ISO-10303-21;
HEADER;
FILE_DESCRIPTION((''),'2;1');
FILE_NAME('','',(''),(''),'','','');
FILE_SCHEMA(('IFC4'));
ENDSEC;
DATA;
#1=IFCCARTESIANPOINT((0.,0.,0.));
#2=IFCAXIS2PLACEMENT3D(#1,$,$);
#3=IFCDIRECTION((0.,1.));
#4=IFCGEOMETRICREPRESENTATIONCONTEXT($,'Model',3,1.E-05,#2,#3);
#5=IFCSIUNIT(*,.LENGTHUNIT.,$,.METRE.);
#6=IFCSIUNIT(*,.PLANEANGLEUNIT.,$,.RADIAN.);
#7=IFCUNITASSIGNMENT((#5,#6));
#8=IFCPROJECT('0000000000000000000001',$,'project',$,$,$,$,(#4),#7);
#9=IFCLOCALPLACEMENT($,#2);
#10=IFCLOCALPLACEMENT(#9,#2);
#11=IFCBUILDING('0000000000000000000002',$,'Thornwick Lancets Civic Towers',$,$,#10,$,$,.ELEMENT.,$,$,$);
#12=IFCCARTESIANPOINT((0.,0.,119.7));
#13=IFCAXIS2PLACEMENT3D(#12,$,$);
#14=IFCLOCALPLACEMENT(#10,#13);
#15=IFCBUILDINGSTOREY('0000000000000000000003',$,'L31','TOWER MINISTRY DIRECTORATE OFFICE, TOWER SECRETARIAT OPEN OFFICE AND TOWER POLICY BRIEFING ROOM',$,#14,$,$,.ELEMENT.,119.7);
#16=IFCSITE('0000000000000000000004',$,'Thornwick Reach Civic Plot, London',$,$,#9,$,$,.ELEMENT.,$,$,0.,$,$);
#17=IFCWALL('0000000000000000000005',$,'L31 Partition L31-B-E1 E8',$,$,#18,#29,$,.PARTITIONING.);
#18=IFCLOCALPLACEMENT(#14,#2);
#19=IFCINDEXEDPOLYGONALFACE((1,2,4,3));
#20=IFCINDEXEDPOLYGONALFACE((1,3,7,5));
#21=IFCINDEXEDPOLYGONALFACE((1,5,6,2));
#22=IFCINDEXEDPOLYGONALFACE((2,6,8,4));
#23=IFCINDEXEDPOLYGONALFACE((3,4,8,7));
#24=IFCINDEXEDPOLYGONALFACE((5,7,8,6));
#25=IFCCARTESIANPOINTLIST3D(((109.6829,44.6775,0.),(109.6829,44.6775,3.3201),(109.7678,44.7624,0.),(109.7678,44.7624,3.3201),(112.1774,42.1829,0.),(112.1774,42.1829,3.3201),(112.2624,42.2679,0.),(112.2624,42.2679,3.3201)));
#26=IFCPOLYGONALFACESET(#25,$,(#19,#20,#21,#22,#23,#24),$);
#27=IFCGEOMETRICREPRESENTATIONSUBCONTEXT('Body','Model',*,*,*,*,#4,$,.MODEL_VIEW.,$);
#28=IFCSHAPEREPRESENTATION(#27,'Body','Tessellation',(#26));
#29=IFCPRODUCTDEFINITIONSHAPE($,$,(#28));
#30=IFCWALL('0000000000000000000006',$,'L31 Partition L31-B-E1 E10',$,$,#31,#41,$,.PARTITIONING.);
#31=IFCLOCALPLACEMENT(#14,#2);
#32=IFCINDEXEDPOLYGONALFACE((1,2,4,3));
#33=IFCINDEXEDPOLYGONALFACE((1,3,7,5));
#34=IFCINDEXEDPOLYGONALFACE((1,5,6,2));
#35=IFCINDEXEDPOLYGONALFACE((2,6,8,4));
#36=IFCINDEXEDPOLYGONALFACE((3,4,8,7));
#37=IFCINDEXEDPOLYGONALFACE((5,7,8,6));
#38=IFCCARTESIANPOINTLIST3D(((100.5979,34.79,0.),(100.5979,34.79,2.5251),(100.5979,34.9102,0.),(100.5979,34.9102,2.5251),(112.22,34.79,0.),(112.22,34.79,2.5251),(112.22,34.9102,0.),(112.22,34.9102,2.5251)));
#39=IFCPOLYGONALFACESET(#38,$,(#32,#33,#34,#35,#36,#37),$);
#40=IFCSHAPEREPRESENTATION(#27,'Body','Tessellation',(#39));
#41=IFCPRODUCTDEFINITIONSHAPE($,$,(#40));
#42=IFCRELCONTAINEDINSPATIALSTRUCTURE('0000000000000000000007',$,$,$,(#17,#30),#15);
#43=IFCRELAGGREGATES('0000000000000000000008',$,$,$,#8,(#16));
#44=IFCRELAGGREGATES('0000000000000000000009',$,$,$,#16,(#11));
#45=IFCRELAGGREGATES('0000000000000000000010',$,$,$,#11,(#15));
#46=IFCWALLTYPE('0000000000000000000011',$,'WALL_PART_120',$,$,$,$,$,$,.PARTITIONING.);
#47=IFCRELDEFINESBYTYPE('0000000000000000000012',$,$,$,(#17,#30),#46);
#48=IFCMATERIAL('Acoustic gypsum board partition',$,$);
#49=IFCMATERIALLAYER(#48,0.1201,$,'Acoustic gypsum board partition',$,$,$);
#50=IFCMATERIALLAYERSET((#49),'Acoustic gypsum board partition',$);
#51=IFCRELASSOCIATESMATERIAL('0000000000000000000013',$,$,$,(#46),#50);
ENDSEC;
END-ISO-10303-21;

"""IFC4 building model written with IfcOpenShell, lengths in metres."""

from ifc_helpers import new_model, si_unit, direction, frame, frame_2d, origin, place, context, subcontext, project, spatial, rectangle, extrude, material, layer, layer_set, type_object, element, save


model = new_model("IFC4")

# Units and contexts
model_context = context("Model", 3, precision=1e-05, world=origin(), true_north=direction((0.0, 1.0)))
body_context = subcontext(model_context, "Body", "Model", "MODEL_VIEW")
ifc_project = project(units=[si_unit("LENGTHUNIT", "METRE"), si_unit("PLANEANGLEUNIT", "RADIAN")], contexts=[model_context])

# Site, building, storey
site_placement = place(None, origin())
site = spatial("IfcSite", under=ifc_project, at=site_placement, Name="Thornwick Reach Civic Plot, London", CompositionType="ELEMENT", RefElevation=0.0)
building_placement = place(site_placement, origin())
building = spatial("IfcBuilding", under=site, at=building_placement, Name="Thornwick Lancets Civic Towers", CompositionType="ELEMENT")
storey_placement = place(building_placement, frame((0.0, 0.0, 119.7)))
storey = spatial("IfcBuildingStorey", under=building, at=storey_placement, Name="L31", Description="TOWER MINISTRY DIRECTORATE OFFICE, TOWER SECRETARIAT OPEN OFFICE AND TOWER POLICY BRIEFING ROOM", CompositionType="ELEMENT", Elevation=119.7)

# Walls
ifc_material_1 = material(Name="Acoustic gypsum board partition")
ifc_layer_1 = layer(ifc_material_1, 0.1201, Name="Acoustic gypsum board partition")
ifc_layer_set_1 = layer_set([ifc_layer_1], Name="Acoustic gypsum board partition")
wall_type_1 = type_object("IfcWallType", Name="WALL_PART_120", PredefinedType="PARTITIONING", material=ifc_layer_set_1)
wall_1_placement = place(storey_placement, frame((109.7253, 44.72, 0.0), z_axis=(0.0, 0.0, 1.0), x_axis=(0.707107, -0.707107, 0.0)))
element("IfcWall", 1, at=wall_1_placement, inside=storey, type_object=wall_type_1, Name="L31 Partition L31-B-E1 E8", PredefinedType="PARTITIONING", context=body_context, shape_type="SweptSolid", body=[
    extrude(rectangle(XDim=3.5278, YDim=0.1201, at=frame_2d((1.7639, 0.0))), origin(), (0.0, 0.0, 1.0), 3.3201),
])
wall_2_placement = place(storey_placement, frame((112.22, 34.8501, 0.0), z_axis=(0.0, 0.0, 1.0), x_axis=(-1.0, 0.0, 0.0)))
element("IfcWall", 2, at=wall_2_placement, inside=storey, type_object=wall_type_1, Name="L31 Partition L31-B-E1 E10", PredefinedType="PARTITIONING", context=body_context, shape_type="SweptSolid", body=[
    extrude(rectangle(XDim=11.6221, YDim=0.1201, at=frame_2d((5.811, 0.0))), origin(), (0.0, 0.0, 1.0), 2.5251),
])

save(model, "model.ifc")
